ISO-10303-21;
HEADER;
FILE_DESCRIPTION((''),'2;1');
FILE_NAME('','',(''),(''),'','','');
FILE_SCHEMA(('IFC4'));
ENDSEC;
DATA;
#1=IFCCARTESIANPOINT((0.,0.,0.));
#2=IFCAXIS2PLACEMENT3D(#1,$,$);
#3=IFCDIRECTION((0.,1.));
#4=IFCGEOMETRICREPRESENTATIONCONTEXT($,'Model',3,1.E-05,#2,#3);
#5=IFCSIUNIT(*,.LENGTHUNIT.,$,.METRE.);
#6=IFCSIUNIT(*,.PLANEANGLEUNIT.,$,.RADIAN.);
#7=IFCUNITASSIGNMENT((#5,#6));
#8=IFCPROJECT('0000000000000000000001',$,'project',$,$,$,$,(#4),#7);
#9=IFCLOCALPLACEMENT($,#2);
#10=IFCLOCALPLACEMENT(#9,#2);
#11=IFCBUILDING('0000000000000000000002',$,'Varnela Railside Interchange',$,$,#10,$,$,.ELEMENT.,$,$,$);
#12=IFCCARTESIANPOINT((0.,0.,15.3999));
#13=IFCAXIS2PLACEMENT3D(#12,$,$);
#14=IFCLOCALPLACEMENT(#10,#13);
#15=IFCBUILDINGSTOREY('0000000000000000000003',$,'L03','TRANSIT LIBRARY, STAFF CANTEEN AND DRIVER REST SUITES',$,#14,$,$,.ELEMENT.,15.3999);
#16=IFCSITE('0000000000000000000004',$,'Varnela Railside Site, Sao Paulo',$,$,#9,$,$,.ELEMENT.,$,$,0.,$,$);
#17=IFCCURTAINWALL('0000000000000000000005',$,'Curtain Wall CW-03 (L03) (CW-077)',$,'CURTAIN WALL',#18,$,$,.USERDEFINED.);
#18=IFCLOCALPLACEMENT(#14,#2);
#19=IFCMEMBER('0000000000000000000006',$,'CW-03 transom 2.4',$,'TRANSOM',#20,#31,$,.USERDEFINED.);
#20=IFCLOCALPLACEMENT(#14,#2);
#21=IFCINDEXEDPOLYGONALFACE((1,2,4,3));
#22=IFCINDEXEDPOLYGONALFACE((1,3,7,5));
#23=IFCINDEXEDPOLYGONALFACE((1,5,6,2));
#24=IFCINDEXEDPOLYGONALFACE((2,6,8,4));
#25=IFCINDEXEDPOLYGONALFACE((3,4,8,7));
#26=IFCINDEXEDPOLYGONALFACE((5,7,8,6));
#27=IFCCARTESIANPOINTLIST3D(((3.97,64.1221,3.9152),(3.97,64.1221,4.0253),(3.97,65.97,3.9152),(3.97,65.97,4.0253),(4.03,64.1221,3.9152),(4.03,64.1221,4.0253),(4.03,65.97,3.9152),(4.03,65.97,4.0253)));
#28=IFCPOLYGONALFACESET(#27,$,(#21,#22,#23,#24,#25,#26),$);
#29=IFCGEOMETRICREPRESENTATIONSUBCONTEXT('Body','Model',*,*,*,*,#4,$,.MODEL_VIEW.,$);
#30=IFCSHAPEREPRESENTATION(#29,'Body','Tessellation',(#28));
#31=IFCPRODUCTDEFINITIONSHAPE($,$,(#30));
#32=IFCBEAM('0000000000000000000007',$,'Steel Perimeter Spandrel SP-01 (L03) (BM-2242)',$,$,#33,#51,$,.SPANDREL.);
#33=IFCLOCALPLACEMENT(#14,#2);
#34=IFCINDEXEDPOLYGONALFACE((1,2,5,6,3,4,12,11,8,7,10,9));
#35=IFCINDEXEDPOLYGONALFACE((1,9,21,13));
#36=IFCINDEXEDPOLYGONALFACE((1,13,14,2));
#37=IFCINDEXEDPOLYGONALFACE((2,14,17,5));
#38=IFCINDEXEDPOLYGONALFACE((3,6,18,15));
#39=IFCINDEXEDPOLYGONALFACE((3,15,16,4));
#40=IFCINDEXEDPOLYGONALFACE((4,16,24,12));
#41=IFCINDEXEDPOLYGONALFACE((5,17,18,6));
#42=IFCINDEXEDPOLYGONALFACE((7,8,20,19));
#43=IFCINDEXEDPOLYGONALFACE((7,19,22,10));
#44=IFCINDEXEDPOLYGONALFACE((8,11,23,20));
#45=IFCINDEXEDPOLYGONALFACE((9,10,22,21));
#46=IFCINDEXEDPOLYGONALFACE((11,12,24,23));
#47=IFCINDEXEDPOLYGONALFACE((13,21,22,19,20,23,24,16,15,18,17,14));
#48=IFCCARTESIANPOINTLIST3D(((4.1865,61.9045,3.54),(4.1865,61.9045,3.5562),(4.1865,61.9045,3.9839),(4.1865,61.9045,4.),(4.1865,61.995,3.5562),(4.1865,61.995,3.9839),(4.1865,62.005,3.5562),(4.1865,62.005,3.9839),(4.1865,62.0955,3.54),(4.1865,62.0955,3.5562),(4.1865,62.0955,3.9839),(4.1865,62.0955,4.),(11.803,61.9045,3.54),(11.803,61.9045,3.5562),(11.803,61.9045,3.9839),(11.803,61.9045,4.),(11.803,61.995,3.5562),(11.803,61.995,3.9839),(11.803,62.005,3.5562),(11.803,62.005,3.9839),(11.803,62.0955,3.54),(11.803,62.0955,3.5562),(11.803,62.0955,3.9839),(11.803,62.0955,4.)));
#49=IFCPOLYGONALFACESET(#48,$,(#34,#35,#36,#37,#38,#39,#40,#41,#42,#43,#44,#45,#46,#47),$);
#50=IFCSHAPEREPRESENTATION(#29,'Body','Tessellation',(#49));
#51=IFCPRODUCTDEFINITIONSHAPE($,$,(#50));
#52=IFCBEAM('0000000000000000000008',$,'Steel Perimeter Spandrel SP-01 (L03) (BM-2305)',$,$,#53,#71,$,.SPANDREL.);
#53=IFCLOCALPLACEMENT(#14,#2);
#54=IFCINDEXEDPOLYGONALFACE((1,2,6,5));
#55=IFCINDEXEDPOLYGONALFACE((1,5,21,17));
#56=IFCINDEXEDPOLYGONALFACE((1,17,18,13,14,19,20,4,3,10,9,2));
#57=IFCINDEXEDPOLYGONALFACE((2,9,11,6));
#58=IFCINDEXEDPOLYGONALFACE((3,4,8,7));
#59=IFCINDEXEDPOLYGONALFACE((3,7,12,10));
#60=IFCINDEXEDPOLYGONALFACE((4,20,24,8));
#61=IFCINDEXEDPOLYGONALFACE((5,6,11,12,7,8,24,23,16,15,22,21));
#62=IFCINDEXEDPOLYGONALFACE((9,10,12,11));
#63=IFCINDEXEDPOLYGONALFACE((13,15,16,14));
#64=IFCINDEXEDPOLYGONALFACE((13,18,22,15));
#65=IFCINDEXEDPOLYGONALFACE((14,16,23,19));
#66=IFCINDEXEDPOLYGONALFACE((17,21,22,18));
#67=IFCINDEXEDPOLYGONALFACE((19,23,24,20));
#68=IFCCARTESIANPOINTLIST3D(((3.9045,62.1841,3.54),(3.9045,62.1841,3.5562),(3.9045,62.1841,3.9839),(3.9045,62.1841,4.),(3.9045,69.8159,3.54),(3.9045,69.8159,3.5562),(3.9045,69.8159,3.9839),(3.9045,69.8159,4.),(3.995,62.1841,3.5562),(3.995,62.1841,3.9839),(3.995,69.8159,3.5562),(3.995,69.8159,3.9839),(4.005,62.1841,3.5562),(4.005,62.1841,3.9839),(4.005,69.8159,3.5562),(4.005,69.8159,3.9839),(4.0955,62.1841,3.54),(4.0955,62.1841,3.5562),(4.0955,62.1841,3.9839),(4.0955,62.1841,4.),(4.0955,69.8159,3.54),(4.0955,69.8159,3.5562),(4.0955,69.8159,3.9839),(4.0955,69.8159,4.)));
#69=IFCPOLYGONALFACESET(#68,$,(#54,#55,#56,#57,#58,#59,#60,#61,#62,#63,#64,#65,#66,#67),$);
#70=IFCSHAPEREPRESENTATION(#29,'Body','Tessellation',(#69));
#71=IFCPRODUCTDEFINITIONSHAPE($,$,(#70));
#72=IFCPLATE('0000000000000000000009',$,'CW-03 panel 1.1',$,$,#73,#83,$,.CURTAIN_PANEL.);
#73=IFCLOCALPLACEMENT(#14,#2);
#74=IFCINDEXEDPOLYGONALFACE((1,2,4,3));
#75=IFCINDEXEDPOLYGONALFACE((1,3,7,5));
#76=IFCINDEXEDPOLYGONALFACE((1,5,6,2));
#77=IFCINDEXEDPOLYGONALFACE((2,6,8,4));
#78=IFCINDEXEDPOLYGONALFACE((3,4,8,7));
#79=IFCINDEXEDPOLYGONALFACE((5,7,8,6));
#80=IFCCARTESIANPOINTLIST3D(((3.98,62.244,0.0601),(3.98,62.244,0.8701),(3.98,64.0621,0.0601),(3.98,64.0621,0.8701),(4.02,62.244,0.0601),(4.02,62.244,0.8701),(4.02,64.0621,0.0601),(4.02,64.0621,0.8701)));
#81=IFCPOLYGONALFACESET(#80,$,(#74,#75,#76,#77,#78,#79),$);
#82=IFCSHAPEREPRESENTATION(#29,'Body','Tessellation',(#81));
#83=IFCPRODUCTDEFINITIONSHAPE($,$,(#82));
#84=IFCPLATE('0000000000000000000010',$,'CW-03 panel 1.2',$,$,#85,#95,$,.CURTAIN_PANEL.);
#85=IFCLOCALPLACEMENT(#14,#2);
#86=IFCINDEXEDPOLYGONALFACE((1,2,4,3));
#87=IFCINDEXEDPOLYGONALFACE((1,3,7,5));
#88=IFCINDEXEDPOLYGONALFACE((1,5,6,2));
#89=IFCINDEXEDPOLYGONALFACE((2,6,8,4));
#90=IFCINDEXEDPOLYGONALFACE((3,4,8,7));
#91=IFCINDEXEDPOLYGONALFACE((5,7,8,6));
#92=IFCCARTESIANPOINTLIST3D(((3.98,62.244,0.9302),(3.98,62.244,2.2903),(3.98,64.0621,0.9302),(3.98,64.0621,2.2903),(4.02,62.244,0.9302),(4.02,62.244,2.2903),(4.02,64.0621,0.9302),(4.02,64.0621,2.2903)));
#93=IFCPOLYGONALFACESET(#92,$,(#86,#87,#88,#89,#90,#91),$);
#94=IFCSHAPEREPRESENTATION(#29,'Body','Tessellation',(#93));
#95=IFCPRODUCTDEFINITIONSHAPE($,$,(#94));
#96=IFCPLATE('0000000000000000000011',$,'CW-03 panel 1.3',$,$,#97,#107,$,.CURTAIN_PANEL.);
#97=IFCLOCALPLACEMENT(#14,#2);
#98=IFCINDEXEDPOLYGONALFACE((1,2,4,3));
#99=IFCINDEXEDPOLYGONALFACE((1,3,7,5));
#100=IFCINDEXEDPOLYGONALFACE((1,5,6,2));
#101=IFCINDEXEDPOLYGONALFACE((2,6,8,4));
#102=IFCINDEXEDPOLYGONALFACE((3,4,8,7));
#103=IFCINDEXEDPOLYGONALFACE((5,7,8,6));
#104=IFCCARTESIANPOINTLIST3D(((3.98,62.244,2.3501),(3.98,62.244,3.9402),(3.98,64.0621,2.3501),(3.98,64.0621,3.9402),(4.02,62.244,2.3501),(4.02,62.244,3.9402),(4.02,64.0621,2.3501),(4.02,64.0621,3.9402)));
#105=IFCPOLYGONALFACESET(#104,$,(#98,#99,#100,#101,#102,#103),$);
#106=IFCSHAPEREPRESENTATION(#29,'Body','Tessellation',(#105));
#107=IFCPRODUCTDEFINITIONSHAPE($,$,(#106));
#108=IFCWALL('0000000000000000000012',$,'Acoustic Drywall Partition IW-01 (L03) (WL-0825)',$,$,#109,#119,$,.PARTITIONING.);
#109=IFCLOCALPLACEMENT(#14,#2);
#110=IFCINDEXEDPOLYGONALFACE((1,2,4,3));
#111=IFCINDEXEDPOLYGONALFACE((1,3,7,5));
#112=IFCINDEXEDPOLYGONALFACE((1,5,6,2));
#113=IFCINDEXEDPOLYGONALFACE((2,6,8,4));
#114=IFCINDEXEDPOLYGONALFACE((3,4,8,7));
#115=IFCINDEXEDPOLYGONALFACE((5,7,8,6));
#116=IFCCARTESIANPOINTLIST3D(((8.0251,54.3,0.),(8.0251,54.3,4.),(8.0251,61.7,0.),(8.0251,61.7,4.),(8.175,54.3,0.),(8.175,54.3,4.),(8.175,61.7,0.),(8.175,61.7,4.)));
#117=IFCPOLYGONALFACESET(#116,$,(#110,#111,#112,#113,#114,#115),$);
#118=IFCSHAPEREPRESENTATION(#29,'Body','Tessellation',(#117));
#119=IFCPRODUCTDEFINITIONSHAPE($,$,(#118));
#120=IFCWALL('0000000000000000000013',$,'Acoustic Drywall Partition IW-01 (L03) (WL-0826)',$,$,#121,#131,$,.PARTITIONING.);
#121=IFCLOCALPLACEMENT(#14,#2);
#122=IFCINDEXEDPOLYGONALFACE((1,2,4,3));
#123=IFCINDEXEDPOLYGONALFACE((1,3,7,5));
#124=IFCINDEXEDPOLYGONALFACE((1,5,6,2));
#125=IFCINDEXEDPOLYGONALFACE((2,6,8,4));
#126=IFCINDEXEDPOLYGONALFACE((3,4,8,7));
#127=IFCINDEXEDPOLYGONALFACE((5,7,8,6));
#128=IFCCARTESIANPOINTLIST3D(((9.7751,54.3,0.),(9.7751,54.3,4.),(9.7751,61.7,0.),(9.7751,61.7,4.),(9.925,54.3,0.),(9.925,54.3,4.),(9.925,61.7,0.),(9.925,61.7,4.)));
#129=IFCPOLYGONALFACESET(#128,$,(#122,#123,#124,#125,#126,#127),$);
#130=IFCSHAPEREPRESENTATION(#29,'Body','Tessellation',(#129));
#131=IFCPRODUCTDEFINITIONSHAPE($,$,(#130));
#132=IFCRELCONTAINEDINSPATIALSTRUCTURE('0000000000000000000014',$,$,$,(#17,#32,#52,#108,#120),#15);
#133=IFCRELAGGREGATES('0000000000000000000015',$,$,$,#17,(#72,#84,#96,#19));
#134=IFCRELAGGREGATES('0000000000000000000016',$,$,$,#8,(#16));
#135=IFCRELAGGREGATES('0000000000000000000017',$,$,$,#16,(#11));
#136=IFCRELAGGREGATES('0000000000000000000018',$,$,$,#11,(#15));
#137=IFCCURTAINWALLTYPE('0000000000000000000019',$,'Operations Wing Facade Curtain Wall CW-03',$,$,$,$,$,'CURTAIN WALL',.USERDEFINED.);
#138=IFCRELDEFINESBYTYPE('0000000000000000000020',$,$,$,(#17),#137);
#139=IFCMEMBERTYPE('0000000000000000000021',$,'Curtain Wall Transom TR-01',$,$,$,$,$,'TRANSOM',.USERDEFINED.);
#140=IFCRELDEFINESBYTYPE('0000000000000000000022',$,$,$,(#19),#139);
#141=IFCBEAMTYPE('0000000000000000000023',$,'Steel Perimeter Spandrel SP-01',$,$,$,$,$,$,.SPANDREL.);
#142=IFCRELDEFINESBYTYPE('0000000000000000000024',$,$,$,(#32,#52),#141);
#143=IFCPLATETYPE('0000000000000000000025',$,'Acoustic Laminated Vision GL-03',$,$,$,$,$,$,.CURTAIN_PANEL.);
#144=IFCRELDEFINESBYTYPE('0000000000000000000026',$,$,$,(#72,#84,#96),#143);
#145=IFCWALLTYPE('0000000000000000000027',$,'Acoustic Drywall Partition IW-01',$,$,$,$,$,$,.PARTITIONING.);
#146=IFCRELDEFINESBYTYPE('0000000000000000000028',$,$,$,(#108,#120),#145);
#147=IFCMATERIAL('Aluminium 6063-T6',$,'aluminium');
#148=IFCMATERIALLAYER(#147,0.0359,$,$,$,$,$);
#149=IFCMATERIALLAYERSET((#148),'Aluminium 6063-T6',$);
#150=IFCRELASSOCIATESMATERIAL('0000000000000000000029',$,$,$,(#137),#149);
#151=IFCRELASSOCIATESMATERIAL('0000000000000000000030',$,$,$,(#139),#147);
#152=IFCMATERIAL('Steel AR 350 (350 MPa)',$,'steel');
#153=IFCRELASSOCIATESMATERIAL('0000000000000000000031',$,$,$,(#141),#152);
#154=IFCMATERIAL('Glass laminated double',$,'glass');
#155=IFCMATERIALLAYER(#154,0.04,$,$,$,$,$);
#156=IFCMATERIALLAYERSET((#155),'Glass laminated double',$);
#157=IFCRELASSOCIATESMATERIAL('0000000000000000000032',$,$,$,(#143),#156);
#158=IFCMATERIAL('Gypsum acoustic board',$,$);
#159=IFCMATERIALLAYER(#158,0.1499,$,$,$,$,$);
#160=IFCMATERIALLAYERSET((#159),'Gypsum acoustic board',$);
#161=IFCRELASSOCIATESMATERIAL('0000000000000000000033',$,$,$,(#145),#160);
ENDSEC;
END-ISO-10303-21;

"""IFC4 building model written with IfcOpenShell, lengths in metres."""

from ifc_helpers import new_model, si_unit, direction, frame, frame_2d, origin, origin_2d, place, context, subcontext, project, spatial, rectangle, i_section, extrude, material, layer, layer_set, material_profile, profile_set, type_object, element, aggregate, save


model = new_model("IFC4")

# Units and contexts
model_context = context("Model", 3, precision=1e-05, world=origin(), true_north=direction((0.0, 1.0)))
body_context = subcontext(model_context, "Body", "Model", "MODEL_VIEW")
ifc_project = project(units=[si_unit("LENGTHUNIT", "METRE"), si_unit("PLANEANGLEUNIT", "RADIAN")], contexts=[model_context])

# Site, building, storey
site_placement = place(None, origin())
site = spatial("IfcSite", under=ifc_project, at=site_placement, Name="Varnela Railside Site, Sao Paulo", CompositionType="ELEMENT", RefElevation=0.0)
building_placement = place(site_placement, origin())
building = spatial("IfcBuilding", under=site, at=building_placement, Name="Varnela Railside Interchange", CompositionType="ELEMENT")
storey_placement = place(building_placement, frame((0.0, 0.0, 15.3999)))
storey = spatial("IfcBuildingStorey", under=building, at=storey_placement, Name="L03", Description="TRANSIT LIBRARY, STAFF CANTEEN AND DRIVER REST SUITES", CompositionType="ELEMENT", Elevation=15.3999)

# Shared definitions
ifc_material_1 = material(Name="Steel AR 350 (350 MPa)", Category="steel")

# Curtain wall, member
ifc_material_2 = material(Name="Aluminium 6063-T6", Category="aluminium")
ifc_layer_1 = layer(ifc_material_2, 0.0359)
ifc_layer_set_1 = layer_set([ifc_layer_1], Name="Aluminium 6063-T6")
curtain_wall_type = type_object("IfcCurtainWallType", Name="Operations Wing Facade Curtain Wall CW-03", ElementType="CURTAIN WALL", PredefinedType="USERDEFINED", material=ifc_layer_set_1)
curtain_wall_placement = place(storey_placement, origin())
curtain_wall = element("IfcCurtainWall", 1, at=curtain_wall_placement, inside=storey, type_object=curtain_wall_type, Name="Curtain Wall CW-03 (L03) (CW-077)", ObjectType="CURTAIN WALL", PredefinedType="USERDEFINED")
ifc_material_profile_1 = material_profile(ifc_material_2, rectangle(XDim=0.0601, YDim=0.1101, at=origin_2d()), Name="ALU 60x110")
ifc_profile_set_1 = profile_set([ifc_material_profile_1], Name="Aluminium 6063-T6")
member_type_1 = type_object("IfcMemberType", Name="Curtain Wall Transom TR-01", ElementType="TRANSOM", PredefinedType="USERDEFINED", material=ifc_profile_set_1)
member_1_placement = place(storey_placement, frame((4.0, 64.1221, 3.9702), z_axis=(0.0, 1.0, 0.0), x_axis=(-1.0, 0.0, 0.0)))
member_1 = element("IfcMember", 2, at=member_1_placement, type_object=member_type_1, Name="CW-03 transom 2.4", ObjectType="TRANSOM", PredefinedType="USERDEFINED", context=body_context, shape_type="SweptSolid", body=[
    extrude(rectangle(XDim=0.0601, YDim=0.1101, at=origin_2d()), origin(), (0.0, 0.0, 1.0), 1.8479),
])

# Beams
ifc_material_profile_2 = material_profile(ifc_material_1, i_section(OverallWidth=0.1909, OverallDepth=0.46, WebThickness=0.01, FlangeThickness=0.0161, at=origin_2d()), Name="W460x82")
ifc_profile_set_2 = profile_set([ifc_material_profile_2], Name="Steel AR 350 (350 MPa)")
beam_type_1 = type_object("IfcBeamType", Name="Steel Perimeter Spandrel SP-01", PredefinedType="SPANDREL", material=ifc_profile_set_2)
beam_1_placement = place(storey_placement, frame((4.1865, 62.0, 3.77), z_axis=(1.0, 0.0, 0.0), x_axis=(0.0, 1.0, 0.0)))
element("IfcBeam", 3, at=beam_1_placement, inside=storey, type_object=beam_type_1, Name="Steel Perimeter Spandrel SP-01 (L03) (BM-2242)", PredefinedType="SPANDREL", context=body_context, shape_type="SweptSolid", body=[
    extrude(i_section(OverallWidth=0.1909, OverallDepth=0.46, WebThickness=0.01, FlangeThickness=0.0161, at=origin_2d()), origin(), (0.0, 0.0, 1.0), 7.6165),
])
beam_2_placement = place(storey_placement, frame((4.0, 62.1841, 3.77), z_axis=(0.0, 1.0, 0.0), x_axis=(-1.0, 0.0, 0.0)))
element("IfcBeam", 4, at=beam_2_placement, inside=storey, type_object=beam_type_1, Name="Steel Perimeter Spandrel SP-01 (L03) (BM-2305)", PredefinedType="SPANDREL", context=body_context, shape_type="SweptSolid", body=[
    extrude(i_section(OverallWidth=0.1909, OverallDepth=0.46, WebThickness=0.01, FlangeThickness=0.0161, at=origin_2d()), origin(), (0.0, 0.0, 1.0), 7.6318),
])

# Plates
ifc_material_3 = material(Name="Glass laminated double", Category="glass")
ifc_layer_2 = layer(ifc_material_3, 0.04)
ifc_layer_set_2 = layer_set([ifc_layer_2], Name="Glass laminated double")
plate_type = type_object("IfcPlateType", Name="Acoustic Laminated Vision GL-03", PredefinedType="CURTAIN_PANEL", material=ifc_layer_set_2)
plate_1_placement = place(storey_placement, frame((4.0, 63.1531, 0.0601), z_axis=(0.0, 0.0, 1.0), x_axis=(0.0, 1.0, 0.0)))
plate_1 = element("IfcPlate", 5, at=plate_1_placement, type_object=plate_type, Name="CW-03 panel 1.1", PredefinedType="CURTAIN_PANEL", context=body_context, shape_type="SweptSolid", body=[
    extrude(rectangle(XDim=1.8181, YDim=0.04, at=origin_2d()), origin(), (0.0, 0.0, 1.0), 0.8101),
])
plate_2_placement = place(storey_placement, frame((4.0, 63.1531, 0.9302), z_axis=(0.0, 0.0, 1.0), x_axis=(0.0, 1.0, 0.0)))
plate_2 = element("IfcPlate", 6, at=plate_2_placement, type_object=plate_type, Name="CW-03 panel 1.2", PredefinedType="CURTAIN_PANEL", context=body_context, shape_type="SweptSolid", body=[
    extrude(rectangle(XDim=1.8181, YDim=0.04, at=origin_2d()), origin(), (0.0, 0.0, 1.0), 1.3601),
])
plate_3_placement = place(storey_placement, frame((4.0, 63.1531, 2.3501), z_axis=(0.0, 0.0, 1.0), x_axis=(0.0, 1.0, 0.0)))
plate_3 = element("IfcPlate", 7, at=plate_3_placement, type_object=plate_type, Name="CW-03 panel 1.3", PredefinedType="CURTAIN_PANEL", context=body_context, shape_type="SweptSolid", body=[
    extrude(rectangle(XDim=1.8181, YDim=0.04, at=origin_2d()), origin(), (0.0, 0.0, 1.0), 1.5901),
])
aggregate(curtain_wall, [plate_1, plate_2, plate_3, member_1])

# Walls
ifc_material_4 = material(Name="Gypsum acoustic board")
ifc_layer_3 = layer(ifc_material_4, 0.1499)
ifc_layer_set_3 = layer_set([ifc_layer_3], Name="Gypsum acoustic board")
wall_type_1 = type_object("IfcWallType", Name="Acoustic Drywall Partition IW-01", PredefinedType="PARTITIONING", material=ifc_layer_set_3)
for number, where, z_axis, x_axis, name in (
    (8, (8.1001, 54.3, 0.0), (0.0, 0.0, 1.0), (0.0, 1.0, 0.0), "Acoustic Drywall Partition IW-01 (L03) (WL-0825)"),
    (9, (9.8501, 54.3, 0.0), (0.0, 0.0, 1.0), (0.0, 1.0, 0.0), "Acoustic Drywall Partition IW-01 (L03) (WL-0826)"),
):
    element("IfcWall", number, at=place(storey_placement, frame(where, z_axis=z_axis, x_axis=x_axis)), inside=storey, type_object=wall_type_1, Name=name, PredefinedType="PARTITIONING", context=body_context, shape_type="SweptSolid", body=[
        extrude(rectangle(XDim=7.3999, YDim=0.1499, at=frame_2d((3.7, 0.0))), origin(), (0.0, 0.0, 1.0), 4.0),
    ])

save(model, "model.ifc")
